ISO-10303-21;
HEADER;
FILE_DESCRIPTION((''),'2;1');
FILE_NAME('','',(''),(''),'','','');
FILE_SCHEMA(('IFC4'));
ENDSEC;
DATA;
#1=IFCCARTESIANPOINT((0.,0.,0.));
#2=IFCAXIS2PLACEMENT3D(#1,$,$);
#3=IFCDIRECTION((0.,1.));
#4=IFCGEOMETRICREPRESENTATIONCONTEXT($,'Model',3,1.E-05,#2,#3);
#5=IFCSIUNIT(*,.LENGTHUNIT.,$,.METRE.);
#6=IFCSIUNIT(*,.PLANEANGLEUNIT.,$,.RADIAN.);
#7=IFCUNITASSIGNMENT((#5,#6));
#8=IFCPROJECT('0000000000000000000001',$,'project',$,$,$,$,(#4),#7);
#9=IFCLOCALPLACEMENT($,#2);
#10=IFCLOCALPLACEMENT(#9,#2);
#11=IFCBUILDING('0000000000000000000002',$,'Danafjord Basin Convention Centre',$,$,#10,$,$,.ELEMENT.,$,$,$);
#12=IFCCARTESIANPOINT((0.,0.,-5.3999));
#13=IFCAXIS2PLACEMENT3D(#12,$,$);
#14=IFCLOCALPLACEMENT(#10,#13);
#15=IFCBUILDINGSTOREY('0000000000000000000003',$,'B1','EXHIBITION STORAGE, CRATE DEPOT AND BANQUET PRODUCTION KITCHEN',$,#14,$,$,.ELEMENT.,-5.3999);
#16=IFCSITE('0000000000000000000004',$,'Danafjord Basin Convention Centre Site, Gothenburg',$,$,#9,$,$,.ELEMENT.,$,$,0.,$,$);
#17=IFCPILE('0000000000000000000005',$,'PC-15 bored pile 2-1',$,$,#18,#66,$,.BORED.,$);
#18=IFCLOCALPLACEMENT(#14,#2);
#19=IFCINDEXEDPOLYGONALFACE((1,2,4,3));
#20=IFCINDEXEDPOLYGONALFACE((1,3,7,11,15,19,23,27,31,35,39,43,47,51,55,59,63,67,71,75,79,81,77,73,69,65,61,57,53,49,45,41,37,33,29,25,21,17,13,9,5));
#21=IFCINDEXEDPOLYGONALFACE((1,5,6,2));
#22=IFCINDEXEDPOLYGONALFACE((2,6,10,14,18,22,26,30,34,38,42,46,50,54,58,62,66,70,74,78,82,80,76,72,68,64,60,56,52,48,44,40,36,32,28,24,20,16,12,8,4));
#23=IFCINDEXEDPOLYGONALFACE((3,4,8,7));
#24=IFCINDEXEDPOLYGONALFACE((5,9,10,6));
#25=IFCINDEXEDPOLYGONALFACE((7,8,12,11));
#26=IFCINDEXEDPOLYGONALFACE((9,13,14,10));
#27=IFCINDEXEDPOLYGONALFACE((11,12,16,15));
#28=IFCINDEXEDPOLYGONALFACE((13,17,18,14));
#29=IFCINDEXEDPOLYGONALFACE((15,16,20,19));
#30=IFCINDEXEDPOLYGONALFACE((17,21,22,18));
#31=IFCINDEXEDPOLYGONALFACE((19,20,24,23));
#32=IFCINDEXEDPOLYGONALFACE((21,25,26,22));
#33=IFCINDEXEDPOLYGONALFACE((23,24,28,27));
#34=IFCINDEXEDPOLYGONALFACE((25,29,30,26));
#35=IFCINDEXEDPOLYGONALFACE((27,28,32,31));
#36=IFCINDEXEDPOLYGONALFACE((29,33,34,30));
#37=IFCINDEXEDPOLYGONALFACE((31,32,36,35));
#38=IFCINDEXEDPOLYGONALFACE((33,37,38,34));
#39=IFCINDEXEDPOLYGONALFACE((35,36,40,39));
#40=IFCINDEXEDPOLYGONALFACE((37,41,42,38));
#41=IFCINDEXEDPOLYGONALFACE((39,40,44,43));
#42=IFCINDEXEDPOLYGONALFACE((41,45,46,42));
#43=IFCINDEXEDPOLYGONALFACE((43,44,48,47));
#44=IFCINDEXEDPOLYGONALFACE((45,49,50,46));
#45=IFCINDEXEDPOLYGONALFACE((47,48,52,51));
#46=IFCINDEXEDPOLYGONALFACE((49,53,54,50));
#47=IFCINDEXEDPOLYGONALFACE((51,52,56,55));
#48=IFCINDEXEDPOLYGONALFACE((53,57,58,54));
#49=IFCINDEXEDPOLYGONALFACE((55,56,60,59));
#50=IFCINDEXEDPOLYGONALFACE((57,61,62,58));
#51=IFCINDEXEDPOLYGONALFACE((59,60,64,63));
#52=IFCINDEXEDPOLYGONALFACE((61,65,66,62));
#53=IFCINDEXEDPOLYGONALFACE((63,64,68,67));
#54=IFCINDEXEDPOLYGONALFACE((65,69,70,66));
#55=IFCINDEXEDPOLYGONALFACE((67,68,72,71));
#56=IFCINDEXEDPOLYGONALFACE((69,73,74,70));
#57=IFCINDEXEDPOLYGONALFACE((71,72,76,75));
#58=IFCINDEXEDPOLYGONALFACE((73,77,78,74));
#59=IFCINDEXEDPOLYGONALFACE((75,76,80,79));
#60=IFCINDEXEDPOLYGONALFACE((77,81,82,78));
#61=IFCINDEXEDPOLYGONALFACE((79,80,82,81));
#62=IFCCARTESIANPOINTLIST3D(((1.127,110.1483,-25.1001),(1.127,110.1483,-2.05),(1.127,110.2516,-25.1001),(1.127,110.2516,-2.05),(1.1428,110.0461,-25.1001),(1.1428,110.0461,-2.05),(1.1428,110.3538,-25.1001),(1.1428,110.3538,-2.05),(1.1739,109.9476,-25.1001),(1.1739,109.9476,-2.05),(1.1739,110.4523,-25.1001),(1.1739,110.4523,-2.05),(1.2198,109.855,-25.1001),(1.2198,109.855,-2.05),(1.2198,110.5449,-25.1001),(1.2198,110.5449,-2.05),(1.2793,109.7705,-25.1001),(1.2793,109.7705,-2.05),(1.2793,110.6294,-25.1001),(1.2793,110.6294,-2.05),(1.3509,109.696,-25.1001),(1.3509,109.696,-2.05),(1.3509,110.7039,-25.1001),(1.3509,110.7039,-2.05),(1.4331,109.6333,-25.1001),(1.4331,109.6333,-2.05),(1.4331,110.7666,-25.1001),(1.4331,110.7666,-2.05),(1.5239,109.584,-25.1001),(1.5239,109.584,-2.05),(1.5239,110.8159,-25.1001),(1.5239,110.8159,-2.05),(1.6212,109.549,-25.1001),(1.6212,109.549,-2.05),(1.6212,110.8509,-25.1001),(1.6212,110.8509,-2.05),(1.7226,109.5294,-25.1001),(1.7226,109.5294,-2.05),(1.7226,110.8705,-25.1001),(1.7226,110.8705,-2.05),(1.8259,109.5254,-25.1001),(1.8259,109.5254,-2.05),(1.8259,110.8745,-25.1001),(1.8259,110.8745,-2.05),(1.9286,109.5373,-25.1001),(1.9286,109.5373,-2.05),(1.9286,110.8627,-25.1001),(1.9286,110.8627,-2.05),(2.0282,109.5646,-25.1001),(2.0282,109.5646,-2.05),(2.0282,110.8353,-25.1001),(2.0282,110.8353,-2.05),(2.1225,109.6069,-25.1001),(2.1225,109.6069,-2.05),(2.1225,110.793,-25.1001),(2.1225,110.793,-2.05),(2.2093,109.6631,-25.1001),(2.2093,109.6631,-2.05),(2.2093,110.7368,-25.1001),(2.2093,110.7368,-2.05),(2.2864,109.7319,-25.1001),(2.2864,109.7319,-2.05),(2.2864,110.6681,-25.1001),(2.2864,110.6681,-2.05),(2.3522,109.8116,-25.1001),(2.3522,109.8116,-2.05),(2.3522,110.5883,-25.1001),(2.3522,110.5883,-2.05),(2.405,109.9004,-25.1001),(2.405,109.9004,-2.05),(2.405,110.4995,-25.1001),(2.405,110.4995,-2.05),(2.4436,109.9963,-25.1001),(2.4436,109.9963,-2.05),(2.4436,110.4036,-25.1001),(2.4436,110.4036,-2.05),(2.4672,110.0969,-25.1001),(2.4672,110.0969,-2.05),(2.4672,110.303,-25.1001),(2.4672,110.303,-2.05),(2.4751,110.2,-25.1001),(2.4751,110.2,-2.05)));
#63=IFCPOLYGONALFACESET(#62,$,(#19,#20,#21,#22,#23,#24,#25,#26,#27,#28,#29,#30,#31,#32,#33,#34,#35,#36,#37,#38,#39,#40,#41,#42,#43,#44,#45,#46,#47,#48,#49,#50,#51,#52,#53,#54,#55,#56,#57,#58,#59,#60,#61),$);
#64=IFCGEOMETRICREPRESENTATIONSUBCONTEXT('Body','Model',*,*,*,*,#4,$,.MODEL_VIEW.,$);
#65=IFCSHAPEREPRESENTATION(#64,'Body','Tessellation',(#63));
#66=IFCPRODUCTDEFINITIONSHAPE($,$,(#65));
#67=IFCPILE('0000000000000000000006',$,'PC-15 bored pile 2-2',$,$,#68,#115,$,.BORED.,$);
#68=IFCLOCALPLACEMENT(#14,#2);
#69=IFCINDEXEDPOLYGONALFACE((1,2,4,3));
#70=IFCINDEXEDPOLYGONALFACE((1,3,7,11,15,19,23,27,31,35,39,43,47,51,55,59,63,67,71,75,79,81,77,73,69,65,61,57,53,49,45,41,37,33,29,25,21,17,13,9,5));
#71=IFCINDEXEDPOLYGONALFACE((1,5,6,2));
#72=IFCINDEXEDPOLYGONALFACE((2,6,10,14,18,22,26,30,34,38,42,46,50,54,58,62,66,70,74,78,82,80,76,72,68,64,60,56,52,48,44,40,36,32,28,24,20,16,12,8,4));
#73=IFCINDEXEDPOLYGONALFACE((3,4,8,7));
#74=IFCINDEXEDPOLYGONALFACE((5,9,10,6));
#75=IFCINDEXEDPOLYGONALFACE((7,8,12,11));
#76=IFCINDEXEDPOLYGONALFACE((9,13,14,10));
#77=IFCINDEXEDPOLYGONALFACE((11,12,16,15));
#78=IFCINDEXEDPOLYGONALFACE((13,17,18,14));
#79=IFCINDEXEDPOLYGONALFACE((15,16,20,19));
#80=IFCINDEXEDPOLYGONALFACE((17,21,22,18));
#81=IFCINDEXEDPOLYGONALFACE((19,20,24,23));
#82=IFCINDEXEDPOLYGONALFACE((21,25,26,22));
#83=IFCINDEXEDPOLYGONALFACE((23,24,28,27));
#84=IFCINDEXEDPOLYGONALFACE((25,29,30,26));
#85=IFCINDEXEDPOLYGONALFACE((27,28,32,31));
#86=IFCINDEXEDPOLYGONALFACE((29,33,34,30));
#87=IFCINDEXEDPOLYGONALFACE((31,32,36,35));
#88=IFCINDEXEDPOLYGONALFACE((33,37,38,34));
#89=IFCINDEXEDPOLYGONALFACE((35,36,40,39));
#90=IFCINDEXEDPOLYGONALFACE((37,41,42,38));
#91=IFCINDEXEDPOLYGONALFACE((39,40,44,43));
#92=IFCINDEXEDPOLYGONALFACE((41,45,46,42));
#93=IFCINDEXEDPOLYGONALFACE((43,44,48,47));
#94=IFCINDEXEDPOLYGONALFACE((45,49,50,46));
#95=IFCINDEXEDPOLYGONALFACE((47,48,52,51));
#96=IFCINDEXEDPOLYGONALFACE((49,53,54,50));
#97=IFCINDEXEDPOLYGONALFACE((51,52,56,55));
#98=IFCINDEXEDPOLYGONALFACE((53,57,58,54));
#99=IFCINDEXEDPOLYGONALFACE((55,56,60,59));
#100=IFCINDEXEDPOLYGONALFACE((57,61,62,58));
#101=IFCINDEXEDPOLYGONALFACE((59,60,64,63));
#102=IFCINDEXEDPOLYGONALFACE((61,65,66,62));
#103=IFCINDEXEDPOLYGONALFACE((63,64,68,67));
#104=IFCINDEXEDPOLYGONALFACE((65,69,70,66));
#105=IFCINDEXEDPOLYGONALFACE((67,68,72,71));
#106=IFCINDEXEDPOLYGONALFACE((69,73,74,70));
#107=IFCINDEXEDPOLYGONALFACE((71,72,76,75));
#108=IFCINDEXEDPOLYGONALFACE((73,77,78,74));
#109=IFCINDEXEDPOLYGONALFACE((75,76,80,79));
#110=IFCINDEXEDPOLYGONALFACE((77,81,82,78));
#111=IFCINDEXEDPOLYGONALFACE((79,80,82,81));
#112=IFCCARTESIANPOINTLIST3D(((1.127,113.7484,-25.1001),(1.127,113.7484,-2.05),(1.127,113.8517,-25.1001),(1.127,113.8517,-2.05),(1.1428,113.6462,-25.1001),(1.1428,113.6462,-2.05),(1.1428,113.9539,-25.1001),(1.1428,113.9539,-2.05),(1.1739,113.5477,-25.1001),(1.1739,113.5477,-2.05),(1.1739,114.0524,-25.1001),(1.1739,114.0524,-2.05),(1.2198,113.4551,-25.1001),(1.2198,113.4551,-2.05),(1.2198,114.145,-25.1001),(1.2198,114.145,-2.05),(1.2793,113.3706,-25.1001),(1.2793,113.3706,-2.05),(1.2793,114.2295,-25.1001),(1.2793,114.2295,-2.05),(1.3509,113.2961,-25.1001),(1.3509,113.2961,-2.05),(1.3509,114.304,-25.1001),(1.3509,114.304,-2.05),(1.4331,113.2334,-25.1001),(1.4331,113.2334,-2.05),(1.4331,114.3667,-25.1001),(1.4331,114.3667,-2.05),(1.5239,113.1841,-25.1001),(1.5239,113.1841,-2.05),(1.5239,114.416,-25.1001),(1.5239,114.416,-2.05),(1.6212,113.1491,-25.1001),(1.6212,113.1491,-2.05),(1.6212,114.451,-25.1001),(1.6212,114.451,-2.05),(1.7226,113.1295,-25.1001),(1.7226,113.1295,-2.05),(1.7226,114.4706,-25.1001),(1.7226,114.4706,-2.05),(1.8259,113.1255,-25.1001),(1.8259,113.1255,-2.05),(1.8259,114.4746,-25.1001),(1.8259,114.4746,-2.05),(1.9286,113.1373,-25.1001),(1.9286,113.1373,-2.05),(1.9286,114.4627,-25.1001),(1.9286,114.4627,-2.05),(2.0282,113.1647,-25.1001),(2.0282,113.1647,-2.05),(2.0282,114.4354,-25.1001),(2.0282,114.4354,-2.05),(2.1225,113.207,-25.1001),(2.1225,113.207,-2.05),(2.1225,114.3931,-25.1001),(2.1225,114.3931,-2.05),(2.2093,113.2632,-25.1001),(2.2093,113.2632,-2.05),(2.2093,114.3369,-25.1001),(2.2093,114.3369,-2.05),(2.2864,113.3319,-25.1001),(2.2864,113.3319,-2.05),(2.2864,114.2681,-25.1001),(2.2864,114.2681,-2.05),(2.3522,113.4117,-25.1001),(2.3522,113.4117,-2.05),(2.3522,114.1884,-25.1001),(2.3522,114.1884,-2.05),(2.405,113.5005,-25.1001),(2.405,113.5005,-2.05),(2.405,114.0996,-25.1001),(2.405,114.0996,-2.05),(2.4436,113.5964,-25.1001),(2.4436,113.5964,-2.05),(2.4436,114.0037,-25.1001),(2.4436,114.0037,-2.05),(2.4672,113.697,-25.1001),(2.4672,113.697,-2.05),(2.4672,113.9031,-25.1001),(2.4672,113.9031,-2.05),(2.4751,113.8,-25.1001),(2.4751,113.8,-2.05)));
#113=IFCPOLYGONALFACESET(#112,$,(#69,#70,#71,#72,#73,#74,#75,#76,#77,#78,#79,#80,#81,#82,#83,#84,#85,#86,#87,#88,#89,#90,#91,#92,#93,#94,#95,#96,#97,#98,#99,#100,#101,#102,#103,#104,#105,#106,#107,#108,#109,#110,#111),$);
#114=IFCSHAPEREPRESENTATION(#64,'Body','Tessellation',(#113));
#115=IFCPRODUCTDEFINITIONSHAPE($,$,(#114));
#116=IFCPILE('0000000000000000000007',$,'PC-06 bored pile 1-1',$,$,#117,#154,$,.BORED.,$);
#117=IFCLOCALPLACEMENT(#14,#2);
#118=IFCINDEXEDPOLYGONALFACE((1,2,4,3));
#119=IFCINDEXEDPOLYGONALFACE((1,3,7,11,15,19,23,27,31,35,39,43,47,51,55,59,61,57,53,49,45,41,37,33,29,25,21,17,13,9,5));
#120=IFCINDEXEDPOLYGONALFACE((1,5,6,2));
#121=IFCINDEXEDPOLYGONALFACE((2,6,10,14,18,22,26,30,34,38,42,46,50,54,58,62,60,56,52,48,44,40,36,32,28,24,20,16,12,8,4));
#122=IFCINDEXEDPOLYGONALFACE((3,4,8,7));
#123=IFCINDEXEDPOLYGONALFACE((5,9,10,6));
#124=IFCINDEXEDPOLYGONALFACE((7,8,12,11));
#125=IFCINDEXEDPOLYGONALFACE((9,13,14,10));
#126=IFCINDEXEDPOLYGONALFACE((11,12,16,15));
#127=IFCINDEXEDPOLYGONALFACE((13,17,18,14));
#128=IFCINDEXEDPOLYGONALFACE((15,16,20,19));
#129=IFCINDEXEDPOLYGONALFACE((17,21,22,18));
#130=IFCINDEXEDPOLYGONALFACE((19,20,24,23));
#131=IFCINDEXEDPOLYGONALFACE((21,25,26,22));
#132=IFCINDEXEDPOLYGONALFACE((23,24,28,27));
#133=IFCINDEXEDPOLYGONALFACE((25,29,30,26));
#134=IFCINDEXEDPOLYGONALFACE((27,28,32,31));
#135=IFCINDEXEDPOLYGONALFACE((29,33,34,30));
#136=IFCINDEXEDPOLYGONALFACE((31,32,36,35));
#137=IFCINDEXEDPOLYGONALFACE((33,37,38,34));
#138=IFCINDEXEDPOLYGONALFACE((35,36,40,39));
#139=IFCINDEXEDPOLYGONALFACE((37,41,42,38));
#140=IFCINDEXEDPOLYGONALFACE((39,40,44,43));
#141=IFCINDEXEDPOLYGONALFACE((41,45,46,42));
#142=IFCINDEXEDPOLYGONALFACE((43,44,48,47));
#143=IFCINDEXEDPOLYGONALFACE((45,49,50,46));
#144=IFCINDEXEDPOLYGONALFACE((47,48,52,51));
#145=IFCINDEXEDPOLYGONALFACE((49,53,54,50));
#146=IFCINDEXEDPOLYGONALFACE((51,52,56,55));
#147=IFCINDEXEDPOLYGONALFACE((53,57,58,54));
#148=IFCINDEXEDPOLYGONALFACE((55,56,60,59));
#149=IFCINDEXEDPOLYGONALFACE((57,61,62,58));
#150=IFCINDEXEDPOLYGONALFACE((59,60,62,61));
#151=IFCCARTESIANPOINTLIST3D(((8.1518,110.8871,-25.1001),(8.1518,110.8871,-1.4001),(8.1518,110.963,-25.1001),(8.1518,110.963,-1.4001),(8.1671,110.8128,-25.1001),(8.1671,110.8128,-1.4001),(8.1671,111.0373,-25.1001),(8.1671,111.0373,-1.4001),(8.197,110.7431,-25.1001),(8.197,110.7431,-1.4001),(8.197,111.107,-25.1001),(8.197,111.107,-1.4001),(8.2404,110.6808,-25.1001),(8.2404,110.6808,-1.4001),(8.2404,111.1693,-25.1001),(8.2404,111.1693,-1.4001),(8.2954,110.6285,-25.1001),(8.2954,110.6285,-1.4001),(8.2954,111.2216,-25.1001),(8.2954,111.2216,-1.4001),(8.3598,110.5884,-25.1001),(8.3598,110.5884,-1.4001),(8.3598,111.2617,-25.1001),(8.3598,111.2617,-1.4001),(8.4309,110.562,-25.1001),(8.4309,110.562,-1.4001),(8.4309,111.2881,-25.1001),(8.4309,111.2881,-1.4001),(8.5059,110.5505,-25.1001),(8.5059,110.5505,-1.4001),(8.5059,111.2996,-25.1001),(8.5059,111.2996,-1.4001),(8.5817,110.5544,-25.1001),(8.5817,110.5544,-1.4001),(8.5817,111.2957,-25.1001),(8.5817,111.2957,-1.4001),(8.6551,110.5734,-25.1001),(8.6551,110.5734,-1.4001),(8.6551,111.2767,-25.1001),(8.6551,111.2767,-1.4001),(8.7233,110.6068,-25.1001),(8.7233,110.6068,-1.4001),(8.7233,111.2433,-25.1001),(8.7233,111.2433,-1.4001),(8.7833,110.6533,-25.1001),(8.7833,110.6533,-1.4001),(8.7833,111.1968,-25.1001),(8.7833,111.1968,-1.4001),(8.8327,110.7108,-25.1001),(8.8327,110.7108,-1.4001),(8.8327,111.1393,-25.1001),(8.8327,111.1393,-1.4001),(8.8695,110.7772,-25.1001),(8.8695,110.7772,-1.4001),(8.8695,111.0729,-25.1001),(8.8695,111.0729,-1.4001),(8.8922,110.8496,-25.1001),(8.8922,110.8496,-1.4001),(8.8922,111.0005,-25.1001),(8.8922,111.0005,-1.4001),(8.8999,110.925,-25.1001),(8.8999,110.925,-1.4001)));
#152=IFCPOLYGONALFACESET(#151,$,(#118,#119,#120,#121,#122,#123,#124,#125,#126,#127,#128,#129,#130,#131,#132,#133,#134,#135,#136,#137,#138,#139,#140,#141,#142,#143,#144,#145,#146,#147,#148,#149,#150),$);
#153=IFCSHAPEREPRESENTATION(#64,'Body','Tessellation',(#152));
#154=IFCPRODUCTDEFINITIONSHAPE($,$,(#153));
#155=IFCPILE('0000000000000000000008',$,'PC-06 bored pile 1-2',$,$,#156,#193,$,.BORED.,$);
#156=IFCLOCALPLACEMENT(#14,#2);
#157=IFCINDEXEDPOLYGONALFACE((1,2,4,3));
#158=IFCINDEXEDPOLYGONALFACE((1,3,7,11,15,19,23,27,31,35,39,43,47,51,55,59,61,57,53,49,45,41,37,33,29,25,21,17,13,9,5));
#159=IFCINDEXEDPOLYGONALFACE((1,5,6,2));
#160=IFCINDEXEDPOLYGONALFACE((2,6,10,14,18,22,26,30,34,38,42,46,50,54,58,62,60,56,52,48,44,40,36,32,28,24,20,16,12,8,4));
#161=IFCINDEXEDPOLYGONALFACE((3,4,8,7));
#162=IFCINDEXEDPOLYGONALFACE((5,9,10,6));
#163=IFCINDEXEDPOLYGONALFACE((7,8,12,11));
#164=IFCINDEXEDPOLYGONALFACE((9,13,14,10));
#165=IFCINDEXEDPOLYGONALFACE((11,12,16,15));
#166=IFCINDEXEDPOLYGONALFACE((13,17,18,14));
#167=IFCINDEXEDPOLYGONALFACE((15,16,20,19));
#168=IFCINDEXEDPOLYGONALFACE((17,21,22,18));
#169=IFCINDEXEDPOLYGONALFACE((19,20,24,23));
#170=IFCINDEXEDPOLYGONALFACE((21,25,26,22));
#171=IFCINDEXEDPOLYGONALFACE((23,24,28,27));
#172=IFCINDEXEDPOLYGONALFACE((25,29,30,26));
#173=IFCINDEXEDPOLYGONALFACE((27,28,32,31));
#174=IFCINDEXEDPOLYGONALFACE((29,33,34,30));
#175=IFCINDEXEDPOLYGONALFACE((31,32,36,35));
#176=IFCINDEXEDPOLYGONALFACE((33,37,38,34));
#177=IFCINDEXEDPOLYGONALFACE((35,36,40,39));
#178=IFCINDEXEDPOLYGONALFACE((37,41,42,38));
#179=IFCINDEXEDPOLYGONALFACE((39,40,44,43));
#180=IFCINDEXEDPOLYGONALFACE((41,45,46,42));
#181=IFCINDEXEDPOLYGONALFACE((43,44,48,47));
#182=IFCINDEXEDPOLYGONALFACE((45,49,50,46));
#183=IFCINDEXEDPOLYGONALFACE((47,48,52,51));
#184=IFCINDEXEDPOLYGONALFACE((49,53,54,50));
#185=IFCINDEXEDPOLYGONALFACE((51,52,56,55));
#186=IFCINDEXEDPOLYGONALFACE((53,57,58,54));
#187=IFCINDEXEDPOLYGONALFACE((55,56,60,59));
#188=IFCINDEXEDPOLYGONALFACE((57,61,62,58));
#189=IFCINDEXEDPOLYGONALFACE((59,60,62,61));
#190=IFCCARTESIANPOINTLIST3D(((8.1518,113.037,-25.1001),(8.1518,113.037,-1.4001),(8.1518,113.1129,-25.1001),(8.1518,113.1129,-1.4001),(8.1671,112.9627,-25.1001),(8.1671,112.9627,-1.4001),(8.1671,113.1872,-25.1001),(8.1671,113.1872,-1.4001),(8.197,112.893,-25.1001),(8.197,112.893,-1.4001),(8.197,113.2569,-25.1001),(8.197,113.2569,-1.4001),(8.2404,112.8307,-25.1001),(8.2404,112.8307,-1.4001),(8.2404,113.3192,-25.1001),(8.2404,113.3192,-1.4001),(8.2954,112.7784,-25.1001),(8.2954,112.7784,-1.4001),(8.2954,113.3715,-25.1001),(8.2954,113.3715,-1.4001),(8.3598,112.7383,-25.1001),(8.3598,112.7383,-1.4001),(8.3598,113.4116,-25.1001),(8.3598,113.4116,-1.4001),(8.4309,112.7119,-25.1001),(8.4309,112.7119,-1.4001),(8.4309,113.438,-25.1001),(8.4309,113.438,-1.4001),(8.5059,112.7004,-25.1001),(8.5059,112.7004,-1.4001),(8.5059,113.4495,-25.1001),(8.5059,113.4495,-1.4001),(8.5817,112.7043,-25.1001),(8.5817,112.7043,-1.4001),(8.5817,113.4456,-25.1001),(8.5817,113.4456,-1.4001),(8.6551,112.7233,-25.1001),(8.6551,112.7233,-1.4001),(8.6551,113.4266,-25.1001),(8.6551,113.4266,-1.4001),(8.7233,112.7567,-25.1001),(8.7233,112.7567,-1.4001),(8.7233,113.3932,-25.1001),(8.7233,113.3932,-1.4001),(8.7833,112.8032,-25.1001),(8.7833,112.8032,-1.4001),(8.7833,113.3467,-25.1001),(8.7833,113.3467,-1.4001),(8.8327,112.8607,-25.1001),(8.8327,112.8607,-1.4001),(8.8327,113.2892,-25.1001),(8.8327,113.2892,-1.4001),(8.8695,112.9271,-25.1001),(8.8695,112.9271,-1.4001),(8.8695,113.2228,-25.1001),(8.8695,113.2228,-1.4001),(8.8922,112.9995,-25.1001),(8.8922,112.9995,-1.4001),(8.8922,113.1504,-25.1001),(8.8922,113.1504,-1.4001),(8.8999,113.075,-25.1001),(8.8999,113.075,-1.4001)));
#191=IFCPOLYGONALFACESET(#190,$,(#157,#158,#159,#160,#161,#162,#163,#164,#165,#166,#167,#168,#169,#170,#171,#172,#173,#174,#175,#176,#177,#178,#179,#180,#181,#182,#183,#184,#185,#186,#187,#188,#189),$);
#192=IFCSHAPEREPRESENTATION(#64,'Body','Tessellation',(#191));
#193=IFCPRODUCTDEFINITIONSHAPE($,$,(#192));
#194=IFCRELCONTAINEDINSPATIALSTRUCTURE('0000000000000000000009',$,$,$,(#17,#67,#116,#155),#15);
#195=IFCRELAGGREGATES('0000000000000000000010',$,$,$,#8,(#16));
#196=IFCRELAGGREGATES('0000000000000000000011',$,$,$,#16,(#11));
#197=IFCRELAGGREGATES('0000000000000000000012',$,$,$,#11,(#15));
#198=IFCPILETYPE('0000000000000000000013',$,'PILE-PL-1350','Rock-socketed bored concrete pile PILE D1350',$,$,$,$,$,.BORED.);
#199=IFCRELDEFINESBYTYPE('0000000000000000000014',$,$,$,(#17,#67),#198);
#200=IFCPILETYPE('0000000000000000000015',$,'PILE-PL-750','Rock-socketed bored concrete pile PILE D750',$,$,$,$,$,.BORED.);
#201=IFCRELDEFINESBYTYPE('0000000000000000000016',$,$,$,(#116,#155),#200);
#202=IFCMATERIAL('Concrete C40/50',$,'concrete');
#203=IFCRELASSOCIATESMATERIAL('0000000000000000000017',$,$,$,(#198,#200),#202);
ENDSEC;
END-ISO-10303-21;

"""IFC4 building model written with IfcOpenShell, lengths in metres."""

from ifc_helpers import new_model, si_unit, direction, frame, origin, origin_2d, place, context, subcontext, project, spatial, circle, extrude, material, material_profile, profile_set, type_object, element, save


model = new_model("IFC4")

# Units and contexts
model_context = context("Model", 3, precision=1e-05, world=origin(), true_north=direction((0.0, 1.0)))
body_context = subcontext(model_context, "Body", "Model", "MODEL_VIEW")
ifc_project = project(units=[si_unit("LENGTHUNIT", "METRE"), si_unit("PLANEANGLEUNIT", "RADIAN")], contexts=[model_context])

# Site, building, storey
site_placement = place(None, origin())
site = spatial("IfcSite", under=ifc_project, at=site_placement, Name="Danafjord Basin Convention Centre Site, Gothenburg", CompositionType="ELEMENT", RefElevation=0.0)
building_placement = place(site_placement, origin())
building = spatial("IfcBuilding", under=site, at=building_placement, Name="Danafjord Basin Convention Centre", CompositionType="ELEMENT")
storey_placement = place(building_placement, frame((0.0, 0.0, -5.3999)))
storey = spatial("IfcBuildingStorey", under=building, at=storey_placement, Name="B1", Description="EXHIBITION STORAGE, CRATE DEPOT AND BANQUET PRODUCTION KITCHEN", CompositionType="ELEMENT", Elevation=-5.3999)

# Shared definitions
ifc_material_1 = material(Name="Concrete C40/50", Category="concrete")

# Piles
ifc_material_profile_1 = material_profile(ifc_material_1, circle(Radius=0.675, at=origin_2d()), Name="PILE D1350")
ifc_profile_set_1 = profile_set([ifc_material_profile_1], Name="Concrete C40/50")
pile_type_1 = type_object("IfcPileType", Name="PILE-PL-1350", Description="Rock-socketed bored concrete pile PILE D1350", PredefinedType="BORED", material=ifc_profile_set_1)
for number, where, z_axis, x_axis, name in (
    (1, (1.8, 110.2, -2.05), (0.0, 0.0, -1.0), (1.0, 0.0, 0.0), "PC-15 bored pile 2-1"),
    (2, (1.8, 113.8, -2.05), (0.0, 0.0, -1.0), (1.0, 0.0, 0.0), "PC-15 bored pile 2-2"),
):
    element("IfcPile", number, at=place(storey_placement, frame(where, z_axis=z_axis, x_axis=x_axis)), inside=storey, type_object=pile_type_1, Name=name, PredefinedType="BORED", context=body_context, shape_type="SweptSolid", body=[
        extrude(circle(Radius=0.675, at=origin_2d()), origin(), (0.0, 0.0, 1.0), 23.05),
    ])
ifc_material_profile_2 = material_profile(ifc_material_1, circle(Radius=0.375, at=origin_2d()), Name="PILE D750")
ifc_profile_set_2 = profile_set([ifc_material_profile_2], Name="Concrete C40/50")
pile_type_2 = type_object("IfcPileType", Name="PILE-PL-750", Description="Rock-socketed bored concrete pile PILE D750", PredefinedType="BORED", material=ifc_profile_set_2)
for number, where, z_axis, x_axis, name in (
    (3, (8.5249, 110.925, -1.4001), (0.0, 0.0, -1.0), (1.0, 0.0, 0.0), "PC-06 bored pile 1-1"),
    (4, (8.5249, 113.075, -1.4001), (0.0, 0.0, -1.0), (1.0, 0.0, 0.0), "PC-06 bored pile 1-2"),
):
    element("IfcPile", number, at=place(storey_placement, frame(where, z_axis=z_axis, x_axis=x_axis)), inside=storey, type_object=pile_type_2, Name=name, PredefinedType="BORED", context=body_context, shape_type="SweptSolid", body=[
        extrude(circle(Radius=0.375, at=origin_2d()), origin(), (0.0, 0.0, 1.0), 23.7),
    ])

save(model, "model.ifc")
